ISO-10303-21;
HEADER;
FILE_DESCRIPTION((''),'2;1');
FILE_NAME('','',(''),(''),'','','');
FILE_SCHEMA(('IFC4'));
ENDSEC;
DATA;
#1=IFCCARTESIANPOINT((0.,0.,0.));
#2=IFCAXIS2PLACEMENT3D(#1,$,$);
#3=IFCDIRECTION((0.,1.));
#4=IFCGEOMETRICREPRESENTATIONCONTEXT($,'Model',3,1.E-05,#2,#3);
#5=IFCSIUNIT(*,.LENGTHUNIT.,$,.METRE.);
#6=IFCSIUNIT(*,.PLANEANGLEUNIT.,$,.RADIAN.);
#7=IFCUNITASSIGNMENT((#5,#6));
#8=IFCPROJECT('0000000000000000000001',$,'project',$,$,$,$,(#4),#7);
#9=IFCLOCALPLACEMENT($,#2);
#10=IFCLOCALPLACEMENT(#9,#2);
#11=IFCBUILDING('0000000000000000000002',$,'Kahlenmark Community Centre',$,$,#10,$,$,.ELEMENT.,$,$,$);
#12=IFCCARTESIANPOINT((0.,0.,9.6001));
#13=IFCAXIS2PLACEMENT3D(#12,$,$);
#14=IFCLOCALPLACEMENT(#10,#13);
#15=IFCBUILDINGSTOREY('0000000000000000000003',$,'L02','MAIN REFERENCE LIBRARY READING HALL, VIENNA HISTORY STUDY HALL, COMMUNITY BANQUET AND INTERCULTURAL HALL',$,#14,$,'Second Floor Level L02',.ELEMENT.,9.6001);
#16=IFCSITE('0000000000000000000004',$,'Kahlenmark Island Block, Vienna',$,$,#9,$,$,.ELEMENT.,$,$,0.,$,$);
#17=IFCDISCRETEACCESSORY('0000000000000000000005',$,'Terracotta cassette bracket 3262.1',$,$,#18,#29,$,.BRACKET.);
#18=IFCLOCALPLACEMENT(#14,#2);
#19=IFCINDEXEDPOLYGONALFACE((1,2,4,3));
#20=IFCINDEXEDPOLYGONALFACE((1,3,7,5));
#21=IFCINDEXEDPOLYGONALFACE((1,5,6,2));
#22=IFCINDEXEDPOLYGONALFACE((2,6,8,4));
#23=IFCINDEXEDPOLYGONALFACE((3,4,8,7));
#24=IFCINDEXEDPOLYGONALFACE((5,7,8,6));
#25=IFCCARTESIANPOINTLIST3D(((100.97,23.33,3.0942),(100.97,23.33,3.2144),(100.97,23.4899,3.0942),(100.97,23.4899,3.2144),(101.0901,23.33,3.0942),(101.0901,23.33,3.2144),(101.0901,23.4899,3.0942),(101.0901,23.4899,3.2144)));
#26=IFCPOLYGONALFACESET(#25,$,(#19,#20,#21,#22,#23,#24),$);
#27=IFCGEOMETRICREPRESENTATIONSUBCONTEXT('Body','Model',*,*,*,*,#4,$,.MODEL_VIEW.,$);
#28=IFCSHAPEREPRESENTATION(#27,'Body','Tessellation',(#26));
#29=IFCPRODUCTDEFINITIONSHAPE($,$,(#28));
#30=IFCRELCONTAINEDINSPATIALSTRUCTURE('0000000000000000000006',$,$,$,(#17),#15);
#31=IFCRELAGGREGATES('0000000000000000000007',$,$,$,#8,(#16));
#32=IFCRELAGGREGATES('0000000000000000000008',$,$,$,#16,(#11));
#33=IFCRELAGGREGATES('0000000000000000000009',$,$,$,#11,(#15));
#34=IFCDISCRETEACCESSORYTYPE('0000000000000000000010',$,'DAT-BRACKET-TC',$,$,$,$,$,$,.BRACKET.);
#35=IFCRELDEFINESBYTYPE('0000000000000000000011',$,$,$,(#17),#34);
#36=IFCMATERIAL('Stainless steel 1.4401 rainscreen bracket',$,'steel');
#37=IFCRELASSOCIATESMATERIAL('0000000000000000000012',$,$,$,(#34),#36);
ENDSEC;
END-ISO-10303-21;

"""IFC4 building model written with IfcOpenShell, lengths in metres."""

from ifc_helpers import new_model, si_unit, direction, frame, origin, origin_2d, place, context, subcontext, project, spatial, rectangle, extrude, material, type_object, element, save


model = new_model("IFC4")

# Units and contexts
model_context = context("Model", 3, precision=1e-05, world=origin(), true_north=direction((0.0, 1.0)))
body_context = subcontext(model_context, "Body", "Model", "MODEL_VIEW")
ifc_project = project(units=[si_unit("LENGTHUNIT", "METRE"), si_unit("PLANEANGLEUNIT", "RADIAN")], contexts=[model_context])

# Site, building, storey
site_placement = place(None, origin())
site = spatial("IfcSite", under=ifc_project, at=site_placement, Name="Kahlenmark Island Block, Vienna", CompositionType="ELEMENT", RefElevation=0.0)
building_placement = place(site_placement, origin())
building = spatial("IfcBuilding", under=site, at=building_placement, Name="Kahlenmark Community Centre", CompositionType="ELEMENT")
storey_placement = place(building_placement, frame((0.0, 0.0, 9.6001)))
storey = spatial("IfcBuildingStorey", under=building, at=storey_placement, Name="L02", Description="MAIN REFERENCE LIBRARY READING HALL, VIENNA HISTORY STUDY HALL, COMMUNITY BANQUET AND INTERCULTURAL HALL", LongName="Second Floor Level L02", CompositionType="ELEMENT", Elevation=9.6001)

# Discrete accessory
ifc_material_1 = material(Name="Stainless steel 1.4401 rainscreen bracket", Category="steel")
discrete_accessory_type = type_object("IfcDiscreteAccessoryType", Name="DAT-BRACKET-TC", PredefinedType="BRACKET", material=ifc_material_1)
for number, where, z_axis, x_axis, name in (
    (1, (101.03, 23.4099, 3.0942), (0.0, 0.0, 1.0), (-1.0, 0.0, 0.0), "Terracotta cassette bracket 3262.1"),
):
    element("IfcDiscreteAccessory", number, at=place(storey_placement, frame(where, z_axis=z_axis, x_axis=x_axis)), inside=storey, type_object=discrete_accessory_type, Name=name, PredefinedType="BRACKET", context=body_context, shape_type="SweptSolid", body=[
        extrude(rectangle(XDim=0.1201, YDim=0.1599, at=origin_2d()), origin(), (0.0, 0.0, 1.0), 0.1201),
    ])

save(model, "model.ifc")
